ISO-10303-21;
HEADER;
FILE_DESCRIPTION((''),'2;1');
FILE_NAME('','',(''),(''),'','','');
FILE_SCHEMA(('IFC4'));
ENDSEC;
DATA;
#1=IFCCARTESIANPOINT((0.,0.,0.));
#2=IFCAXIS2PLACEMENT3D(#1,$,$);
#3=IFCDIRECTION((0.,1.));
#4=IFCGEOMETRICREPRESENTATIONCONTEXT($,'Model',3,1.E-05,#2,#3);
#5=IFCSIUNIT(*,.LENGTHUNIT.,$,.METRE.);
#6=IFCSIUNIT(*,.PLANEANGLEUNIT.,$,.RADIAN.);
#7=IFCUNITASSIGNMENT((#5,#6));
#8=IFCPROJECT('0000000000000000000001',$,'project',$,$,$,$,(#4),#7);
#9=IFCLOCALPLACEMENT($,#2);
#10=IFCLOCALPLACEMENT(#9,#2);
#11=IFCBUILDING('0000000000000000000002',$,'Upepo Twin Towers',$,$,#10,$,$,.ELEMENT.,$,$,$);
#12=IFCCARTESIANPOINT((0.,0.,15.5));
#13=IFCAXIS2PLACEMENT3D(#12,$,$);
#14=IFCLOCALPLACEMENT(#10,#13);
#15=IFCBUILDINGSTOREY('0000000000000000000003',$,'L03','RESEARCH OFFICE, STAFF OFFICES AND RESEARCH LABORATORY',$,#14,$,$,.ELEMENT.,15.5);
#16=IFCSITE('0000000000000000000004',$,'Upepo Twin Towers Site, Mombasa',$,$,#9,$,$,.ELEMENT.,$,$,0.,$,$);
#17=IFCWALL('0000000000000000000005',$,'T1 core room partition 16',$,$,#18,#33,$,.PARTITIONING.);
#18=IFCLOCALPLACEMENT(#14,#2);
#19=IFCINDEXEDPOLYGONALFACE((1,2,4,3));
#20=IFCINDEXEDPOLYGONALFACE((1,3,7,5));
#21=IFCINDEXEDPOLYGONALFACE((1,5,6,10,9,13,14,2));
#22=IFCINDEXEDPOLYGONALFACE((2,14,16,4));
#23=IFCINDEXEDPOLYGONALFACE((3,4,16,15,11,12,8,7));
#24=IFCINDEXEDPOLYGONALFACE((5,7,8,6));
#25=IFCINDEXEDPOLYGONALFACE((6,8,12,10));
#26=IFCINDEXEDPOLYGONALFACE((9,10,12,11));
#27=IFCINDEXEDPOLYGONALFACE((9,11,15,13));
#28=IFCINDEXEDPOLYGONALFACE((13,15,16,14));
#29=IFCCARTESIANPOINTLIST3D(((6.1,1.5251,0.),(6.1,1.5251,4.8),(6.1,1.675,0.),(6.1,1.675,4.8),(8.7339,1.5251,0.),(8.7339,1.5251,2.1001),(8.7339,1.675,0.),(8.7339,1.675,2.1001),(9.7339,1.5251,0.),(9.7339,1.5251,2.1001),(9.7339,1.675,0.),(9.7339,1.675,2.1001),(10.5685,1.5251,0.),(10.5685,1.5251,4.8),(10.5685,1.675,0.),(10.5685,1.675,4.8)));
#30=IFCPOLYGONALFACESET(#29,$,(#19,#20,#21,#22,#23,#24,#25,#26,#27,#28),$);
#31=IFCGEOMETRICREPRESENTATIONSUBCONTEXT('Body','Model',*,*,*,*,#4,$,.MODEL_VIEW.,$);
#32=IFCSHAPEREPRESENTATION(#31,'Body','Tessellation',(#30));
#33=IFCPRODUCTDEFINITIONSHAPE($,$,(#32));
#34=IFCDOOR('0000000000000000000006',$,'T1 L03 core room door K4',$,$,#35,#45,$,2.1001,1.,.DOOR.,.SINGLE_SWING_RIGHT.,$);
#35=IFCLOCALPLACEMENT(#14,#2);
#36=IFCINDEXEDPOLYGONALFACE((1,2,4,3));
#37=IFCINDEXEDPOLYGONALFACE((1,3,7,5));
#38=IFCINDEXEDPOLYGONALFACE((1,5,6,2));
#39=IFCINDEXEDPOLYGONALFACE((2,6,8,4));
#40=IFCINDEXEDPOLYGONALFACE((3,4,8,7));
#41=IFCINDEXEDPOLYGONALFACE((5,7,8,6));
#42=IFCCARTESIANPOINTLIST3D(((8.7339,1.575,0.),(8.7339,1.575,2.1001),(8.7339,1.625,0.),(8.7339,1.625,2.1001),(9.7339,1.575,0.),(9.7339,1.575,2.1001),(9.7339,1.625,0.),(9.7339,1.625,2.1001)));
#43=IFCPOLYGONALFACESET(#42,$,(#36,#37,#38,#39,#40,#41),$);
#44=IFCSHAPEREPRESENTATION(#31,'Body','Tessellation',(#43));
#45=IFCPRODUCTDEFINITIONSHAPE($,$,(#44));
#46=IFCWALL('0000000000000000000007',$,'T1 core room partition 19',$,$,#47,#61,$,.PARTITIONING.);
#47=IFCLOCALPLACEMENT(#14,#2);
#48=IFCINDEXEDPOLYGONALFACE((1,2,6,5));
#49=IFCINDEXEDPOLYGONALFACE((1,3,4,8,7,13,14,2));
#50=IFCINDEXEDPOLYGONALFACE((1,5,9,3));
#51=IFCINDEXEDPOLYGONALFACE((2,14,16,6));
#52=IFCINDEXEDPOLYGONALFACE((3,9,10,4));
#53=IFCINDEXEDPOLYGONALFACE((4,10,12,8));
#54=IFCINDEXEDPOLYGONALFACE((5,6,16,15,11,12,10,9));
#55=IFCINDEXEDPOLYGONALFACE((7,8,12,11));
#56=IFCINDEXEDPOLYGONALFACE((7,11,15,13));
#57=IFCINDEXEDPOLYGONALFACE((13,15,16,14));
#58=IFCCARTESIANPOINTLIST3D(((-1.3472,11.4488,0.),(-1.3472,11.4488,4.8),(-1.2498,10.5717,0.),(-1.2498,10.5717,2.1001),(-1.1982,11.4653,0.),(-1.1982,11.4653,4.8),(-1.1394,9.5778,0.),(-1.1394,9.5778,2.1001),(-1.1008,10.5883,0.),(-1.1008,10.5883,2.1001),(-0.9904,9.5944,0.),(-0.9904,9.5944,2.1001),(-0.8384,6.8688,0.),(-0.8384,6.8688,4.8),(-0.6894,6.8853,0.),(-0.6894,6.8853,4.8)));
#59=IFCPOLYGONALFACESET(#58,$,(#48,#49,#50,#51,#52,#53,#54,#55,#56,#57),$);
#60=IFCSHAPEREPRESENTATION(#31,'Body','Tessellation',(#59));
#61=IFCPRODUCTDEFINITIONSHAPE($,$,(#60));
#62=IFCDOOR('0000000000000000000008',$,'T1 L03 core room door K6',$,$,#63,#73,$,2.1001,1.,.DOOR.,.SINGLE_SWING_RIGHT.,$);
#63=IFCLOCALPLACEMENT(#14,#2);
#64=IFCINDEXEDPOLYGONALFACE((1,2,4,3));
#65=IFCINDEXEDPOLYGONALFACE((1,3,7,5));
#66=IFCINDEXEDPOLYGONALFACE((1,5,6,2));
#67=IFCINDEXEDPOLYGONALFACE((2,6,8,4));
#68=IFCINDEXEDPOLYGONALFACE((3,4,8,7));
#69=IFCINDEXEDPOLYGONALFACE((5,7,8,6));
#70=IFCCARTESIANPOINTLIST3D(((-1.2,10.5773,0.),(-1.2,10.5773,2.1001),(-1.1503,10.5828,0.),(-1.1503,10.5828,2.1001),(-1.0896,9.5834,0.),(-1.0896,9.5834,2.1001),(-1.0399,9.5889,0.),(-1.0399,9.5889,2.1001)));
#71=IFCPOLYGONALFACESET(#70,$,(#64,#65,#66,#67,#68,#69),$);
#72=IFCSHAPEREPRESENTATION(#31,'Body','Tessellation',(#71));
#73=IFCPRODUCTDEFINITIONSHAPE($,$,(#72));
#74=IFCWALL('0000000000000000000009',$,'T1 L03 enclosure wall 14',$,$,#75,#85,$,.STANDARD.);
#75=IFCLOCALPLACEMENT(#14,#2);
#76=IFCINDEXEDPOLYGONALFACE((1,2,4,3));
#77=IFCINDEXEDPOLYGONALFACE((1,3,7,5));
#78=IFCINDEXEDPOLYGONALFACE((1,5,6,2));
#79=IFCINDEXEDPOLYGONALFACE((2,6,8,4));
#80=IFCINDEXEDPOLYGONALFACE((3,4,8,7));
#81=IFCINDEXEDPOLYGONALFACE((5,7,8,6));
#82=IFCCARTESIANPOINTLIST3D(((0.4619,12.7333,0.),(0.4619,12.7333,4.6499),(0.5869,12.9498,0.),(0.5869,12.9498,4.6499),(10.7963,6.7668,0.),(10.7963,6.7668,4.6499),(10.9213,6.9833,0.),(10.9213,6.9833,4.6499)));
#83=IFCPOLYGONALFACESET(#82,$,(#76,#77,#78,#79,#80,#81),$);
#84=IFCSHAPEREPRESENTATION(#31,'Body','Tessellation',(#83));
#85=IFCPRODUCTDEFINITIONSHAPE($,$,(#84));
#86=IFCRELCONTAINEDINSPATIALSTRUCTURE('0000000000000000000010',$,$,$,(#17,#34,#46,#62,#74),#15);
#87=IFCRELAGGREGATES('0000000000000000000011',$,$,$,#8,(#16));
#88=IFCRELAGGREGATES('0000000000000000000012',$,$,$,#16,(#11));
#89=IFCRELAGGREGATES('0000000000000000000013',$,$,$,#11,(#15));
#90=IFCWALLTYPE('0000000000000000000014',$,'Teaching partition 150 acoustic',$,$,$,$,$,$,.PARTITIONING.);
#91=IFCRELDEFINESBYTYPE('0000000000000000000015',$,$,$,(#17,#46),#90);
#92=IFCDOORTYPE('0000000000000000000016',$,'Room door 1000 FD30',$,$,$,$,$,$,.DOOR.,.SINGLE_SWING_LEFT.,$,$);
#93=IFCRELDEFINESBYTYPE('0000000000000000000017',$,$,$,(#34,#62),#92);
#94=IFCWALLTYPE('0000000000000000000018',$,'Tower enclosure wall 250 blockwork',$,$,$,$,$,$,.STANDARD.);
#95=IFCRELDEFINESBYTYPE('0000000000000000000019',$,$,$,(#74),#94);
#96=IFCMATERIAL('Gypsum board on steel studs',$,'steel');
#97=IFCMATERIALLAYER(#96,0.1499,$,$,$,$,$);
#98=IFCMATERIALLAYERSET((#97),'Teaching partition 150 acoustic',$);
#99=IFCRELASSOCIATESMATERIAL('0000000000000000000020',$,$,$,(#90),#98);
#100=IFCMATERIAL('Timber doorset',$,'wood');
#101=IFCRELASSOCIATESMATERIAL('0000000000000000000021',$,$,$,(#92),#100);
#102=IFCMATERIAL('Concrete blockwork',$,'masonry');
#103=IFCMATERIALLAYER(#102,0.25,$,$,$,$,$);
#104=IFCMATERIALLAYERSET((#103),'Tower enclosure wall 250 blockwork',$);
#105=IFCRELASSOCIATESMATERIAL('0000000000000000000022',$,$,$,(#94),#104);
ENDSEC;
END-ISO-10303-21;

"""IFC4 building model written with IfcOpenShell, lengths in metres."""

from ifc_helpers import new_model, si_unit, direction, frame, frame_2d, origin, place, context, subcontext, project, spatial, rectangle, extrude, material, layer, layer_set, type_object, element, fill, save


model = new_model("IFC4")

# Units and contexts
model_context = context("Model", 3, precision=1e-05, world=origin(), true_north=direction((0.0, 1.0)))
body_context = subcontext(model_context, "Body", "Model", "MODEL_VIEW")
ifc_project = project(units=[si_unit("LENGTHUNIT", "METRE"), si_unit("PLANEANGLEUNIT", "RADIAN")], contexts=[model_context])

# Site, building, storey
site_placement = place(None, origin())
site = spatial("IfcSite", under=ifc_project, at=site_placement, Name="Upepo Twin Towers Site, Mombasa", CompositionType="ELEMENT", RefElevation=0.0)
building_placement = place(site_placement, origin())
building = spatial("IfcBuilding", under=site, at=building_placement, Name="Upepo Twin Towers", CompositionType="ELEMENT")
storey_placement = place(building_placement, frame((0.0, 0.0, 15.5)))
storey = spatial("IfcBuildingStorey", under=building, at=storey_placement, Name="L03", Description="RESEARCH OFFICE, STAFF OFFICES AND RESEARCH LABORATORY", CompositionType="ELEMENT", Elevation=15.5)

# Shared definitions
ifc_material_1 = material(Name="Gypsum board on steel studs", Category="steel")
ifc_layer_1 = layer(ifc_material_1, 0.1499)
ifc_layer_set_1 = layer_set([ifc_layer_1], Name="Teaching partition 150 acoustic")
wall_type_1 = type_object("IfcWallType", Name="Teaching partition 150 acoustic", PredefinedType="PARTITIONING", material=ifc_layer_set_1)

# Walls, openings, doors
wall_1_placement = place(storey_placement, frame((6.0999, 1.6001, 0.0), z_axis=(0.0, 0.0, 1.0), x_axis=(1.0, 0.0, 0.0)))
wall_1 = element("IfcWall", 1, at=wall_1_placement, inside=storey, type_object=wall_type_1, Name="T1 core room partition 16", PredefinedType="PARTITIONING", context=body_context, shape_type="SweptSolid", body=[
    extrude(rectangle(XDim=4.4685, YDim=0.1499, at=frame_2d((2.2344, 0.0))), origin(), (0.0, 0.0, 1.0), 4.8),
])
opening_1_placement = place(wall_1_placement, frame((2.634, 0.0, 0.0)))
opening_1 = element("IfcOpeningElement", 2, at=opening_1_placement, cuts=wall_1, PredefinedType="OPENING", context=body_context, shape_type="SweptSolid", body=[
    extrude(rectangle(XDim=1.0, YDim=2.1001, at=frame_2d((0.5, 1.05))), frame((0.0, 0.085, 0.0), z_axis=(0.0, -1.0, 0.0), x_axis=(1.0, 0.0, 0.0)), (0.0, 0.0, 1.0), 0.1699),
])
ifc_material_2 = material(Name="Timber doorset", Category="wood")
door_type_1 = type_object("IfcDoorType", Name="Room door 1000 FD30", OperationType="SINGLE_SWING_LEFT", PredefinedType="DOOR", material=ifc_material_2)
door_1_placement = place(opening_1_placement, origin())
door_1 = element("IfcDoor", 3, at=door_1_placement, inside=storey, type_object=door_type_1, Name="T1 L03 core room door K4", OperationType="SINGLE_SWING_RIGHT", OverallHeight=2.1001, OverallWidth=1.0, PredefinedType="DOOR", context=body_context, shape_type="SweptSolid", body=[
    extrude(rectangle(XDim=1.0, YDim=2.1001, at=frame_2d((0.5, 1.05))), frame((0.0, 0.0249, 0.0), z_axis=(0.0, -1.0, 0.0), x_axis=(1.0, 0.0, 0.0)), (0.0, 0.0, 1.0), 0.05),
])
fill(opening_1, door_1)
wall_2_placement = place(storey_placement, frame((-0.7639, 6.877, 0.0), z_axis=(0.0, 0.0, 1.0), x_axis=(-0.110408, 0.993886, 0.0)))
wall_2 = element("IfcWall", 4, at=wall_2_placement, inside=storey, type_object=wall_type_1, Name="T1 core room partition 19", PredefinedType="PARTITIONING", context=body_context, shape_type="SweptSolid", body=[
    extrude(rectangle(XDim=4.6082, YDim=0.1499, at=frame_2d((2.3042, 0.0))), origin(), (0.0, 0.0, 1.0), 4.8),
])
opening_2_placement = place(wall_2_placement, frame((2.7258, 0.0, 0.0)))
opening_2 = element("IfcOpeningElement", 5, at=opening_2_placement, cuts=wall_2, PredefinedType="OPENING", context=body_context, shape_type="SweptSolid", body=[
    extrude(rectangle(XDim=1.0, YDim=2.1001, at=frame_2d((0.5, 1.05))), frame((0.0, 0.085, 0.0), z_axis=(0.0, -1.0, 0.0), x_axis=(1.0, 0.0, 0.0)), (0.0, 0.0, 1.0), 0.1699),
])
door_2_placement = place(opening_2_placement, origin())
door_2 = element("IfcDoor", 6, at=door_2_placement, inside=storey, type_object=door_type_1, Name="T1 L03 core room door K6", OperationType="SINGLE_SWING_RIGHT", OverallHeight=2.1001, OverallWidth=1.0, PredefinedType="DOOR", context=body_context, shape_type="SweptSolid", body=[
    extrude(rectangle(XDim=1.0, YDim=2.1001, at=frame_2d((0.5, 1.05))), frame((0.0, 0.0249, 0.0), z_axis=(0.0, -1.0, 0.0), x_axis=(1.0, 0.0, 0.0)), (0.0, 0.0, 1.0), 0.05),
])
fill(opening_2, door_2)

# Wall
ifc_material_3 = material(Name="Concrete blockwork", Category="masonry")
ifc_layer_2 = layer(ifc_material_3, 0.25)
ifc_layer_set_2 = layer_set([ifc_layer_2], Name="Tower enclosure wall 250 blockwork")
wall_type_2 = type_object("IfcWallType", Name="Tower enclosure wall 250 blockwork", PredefinedType="STANDARD", material=ifc_layer_set_2)
wall_3_placement = place(storey_placement, frame((0.5244, 12.8416, 0.0), z_axis=(0.0, 0.0, 1.0), x_axis=(0.866028, -0.499996, 0.0)))
element("IfcWall", 7, at=wall_3_placement, inside=storey, type_object=wall_type_2, Name="T1 L03 enclosure wall 14", PredefinedType="STANDARD", context=body_context, shape_type="SweptSolid", body=[
    extrude(rectangle(XDim=11.9331, YDim=0.25, at=frame_2d((5.9666, 0.0))), origin(), (0.0, 0.0, 1.0), 4.6499),
])

save(model, "model.ifc")
